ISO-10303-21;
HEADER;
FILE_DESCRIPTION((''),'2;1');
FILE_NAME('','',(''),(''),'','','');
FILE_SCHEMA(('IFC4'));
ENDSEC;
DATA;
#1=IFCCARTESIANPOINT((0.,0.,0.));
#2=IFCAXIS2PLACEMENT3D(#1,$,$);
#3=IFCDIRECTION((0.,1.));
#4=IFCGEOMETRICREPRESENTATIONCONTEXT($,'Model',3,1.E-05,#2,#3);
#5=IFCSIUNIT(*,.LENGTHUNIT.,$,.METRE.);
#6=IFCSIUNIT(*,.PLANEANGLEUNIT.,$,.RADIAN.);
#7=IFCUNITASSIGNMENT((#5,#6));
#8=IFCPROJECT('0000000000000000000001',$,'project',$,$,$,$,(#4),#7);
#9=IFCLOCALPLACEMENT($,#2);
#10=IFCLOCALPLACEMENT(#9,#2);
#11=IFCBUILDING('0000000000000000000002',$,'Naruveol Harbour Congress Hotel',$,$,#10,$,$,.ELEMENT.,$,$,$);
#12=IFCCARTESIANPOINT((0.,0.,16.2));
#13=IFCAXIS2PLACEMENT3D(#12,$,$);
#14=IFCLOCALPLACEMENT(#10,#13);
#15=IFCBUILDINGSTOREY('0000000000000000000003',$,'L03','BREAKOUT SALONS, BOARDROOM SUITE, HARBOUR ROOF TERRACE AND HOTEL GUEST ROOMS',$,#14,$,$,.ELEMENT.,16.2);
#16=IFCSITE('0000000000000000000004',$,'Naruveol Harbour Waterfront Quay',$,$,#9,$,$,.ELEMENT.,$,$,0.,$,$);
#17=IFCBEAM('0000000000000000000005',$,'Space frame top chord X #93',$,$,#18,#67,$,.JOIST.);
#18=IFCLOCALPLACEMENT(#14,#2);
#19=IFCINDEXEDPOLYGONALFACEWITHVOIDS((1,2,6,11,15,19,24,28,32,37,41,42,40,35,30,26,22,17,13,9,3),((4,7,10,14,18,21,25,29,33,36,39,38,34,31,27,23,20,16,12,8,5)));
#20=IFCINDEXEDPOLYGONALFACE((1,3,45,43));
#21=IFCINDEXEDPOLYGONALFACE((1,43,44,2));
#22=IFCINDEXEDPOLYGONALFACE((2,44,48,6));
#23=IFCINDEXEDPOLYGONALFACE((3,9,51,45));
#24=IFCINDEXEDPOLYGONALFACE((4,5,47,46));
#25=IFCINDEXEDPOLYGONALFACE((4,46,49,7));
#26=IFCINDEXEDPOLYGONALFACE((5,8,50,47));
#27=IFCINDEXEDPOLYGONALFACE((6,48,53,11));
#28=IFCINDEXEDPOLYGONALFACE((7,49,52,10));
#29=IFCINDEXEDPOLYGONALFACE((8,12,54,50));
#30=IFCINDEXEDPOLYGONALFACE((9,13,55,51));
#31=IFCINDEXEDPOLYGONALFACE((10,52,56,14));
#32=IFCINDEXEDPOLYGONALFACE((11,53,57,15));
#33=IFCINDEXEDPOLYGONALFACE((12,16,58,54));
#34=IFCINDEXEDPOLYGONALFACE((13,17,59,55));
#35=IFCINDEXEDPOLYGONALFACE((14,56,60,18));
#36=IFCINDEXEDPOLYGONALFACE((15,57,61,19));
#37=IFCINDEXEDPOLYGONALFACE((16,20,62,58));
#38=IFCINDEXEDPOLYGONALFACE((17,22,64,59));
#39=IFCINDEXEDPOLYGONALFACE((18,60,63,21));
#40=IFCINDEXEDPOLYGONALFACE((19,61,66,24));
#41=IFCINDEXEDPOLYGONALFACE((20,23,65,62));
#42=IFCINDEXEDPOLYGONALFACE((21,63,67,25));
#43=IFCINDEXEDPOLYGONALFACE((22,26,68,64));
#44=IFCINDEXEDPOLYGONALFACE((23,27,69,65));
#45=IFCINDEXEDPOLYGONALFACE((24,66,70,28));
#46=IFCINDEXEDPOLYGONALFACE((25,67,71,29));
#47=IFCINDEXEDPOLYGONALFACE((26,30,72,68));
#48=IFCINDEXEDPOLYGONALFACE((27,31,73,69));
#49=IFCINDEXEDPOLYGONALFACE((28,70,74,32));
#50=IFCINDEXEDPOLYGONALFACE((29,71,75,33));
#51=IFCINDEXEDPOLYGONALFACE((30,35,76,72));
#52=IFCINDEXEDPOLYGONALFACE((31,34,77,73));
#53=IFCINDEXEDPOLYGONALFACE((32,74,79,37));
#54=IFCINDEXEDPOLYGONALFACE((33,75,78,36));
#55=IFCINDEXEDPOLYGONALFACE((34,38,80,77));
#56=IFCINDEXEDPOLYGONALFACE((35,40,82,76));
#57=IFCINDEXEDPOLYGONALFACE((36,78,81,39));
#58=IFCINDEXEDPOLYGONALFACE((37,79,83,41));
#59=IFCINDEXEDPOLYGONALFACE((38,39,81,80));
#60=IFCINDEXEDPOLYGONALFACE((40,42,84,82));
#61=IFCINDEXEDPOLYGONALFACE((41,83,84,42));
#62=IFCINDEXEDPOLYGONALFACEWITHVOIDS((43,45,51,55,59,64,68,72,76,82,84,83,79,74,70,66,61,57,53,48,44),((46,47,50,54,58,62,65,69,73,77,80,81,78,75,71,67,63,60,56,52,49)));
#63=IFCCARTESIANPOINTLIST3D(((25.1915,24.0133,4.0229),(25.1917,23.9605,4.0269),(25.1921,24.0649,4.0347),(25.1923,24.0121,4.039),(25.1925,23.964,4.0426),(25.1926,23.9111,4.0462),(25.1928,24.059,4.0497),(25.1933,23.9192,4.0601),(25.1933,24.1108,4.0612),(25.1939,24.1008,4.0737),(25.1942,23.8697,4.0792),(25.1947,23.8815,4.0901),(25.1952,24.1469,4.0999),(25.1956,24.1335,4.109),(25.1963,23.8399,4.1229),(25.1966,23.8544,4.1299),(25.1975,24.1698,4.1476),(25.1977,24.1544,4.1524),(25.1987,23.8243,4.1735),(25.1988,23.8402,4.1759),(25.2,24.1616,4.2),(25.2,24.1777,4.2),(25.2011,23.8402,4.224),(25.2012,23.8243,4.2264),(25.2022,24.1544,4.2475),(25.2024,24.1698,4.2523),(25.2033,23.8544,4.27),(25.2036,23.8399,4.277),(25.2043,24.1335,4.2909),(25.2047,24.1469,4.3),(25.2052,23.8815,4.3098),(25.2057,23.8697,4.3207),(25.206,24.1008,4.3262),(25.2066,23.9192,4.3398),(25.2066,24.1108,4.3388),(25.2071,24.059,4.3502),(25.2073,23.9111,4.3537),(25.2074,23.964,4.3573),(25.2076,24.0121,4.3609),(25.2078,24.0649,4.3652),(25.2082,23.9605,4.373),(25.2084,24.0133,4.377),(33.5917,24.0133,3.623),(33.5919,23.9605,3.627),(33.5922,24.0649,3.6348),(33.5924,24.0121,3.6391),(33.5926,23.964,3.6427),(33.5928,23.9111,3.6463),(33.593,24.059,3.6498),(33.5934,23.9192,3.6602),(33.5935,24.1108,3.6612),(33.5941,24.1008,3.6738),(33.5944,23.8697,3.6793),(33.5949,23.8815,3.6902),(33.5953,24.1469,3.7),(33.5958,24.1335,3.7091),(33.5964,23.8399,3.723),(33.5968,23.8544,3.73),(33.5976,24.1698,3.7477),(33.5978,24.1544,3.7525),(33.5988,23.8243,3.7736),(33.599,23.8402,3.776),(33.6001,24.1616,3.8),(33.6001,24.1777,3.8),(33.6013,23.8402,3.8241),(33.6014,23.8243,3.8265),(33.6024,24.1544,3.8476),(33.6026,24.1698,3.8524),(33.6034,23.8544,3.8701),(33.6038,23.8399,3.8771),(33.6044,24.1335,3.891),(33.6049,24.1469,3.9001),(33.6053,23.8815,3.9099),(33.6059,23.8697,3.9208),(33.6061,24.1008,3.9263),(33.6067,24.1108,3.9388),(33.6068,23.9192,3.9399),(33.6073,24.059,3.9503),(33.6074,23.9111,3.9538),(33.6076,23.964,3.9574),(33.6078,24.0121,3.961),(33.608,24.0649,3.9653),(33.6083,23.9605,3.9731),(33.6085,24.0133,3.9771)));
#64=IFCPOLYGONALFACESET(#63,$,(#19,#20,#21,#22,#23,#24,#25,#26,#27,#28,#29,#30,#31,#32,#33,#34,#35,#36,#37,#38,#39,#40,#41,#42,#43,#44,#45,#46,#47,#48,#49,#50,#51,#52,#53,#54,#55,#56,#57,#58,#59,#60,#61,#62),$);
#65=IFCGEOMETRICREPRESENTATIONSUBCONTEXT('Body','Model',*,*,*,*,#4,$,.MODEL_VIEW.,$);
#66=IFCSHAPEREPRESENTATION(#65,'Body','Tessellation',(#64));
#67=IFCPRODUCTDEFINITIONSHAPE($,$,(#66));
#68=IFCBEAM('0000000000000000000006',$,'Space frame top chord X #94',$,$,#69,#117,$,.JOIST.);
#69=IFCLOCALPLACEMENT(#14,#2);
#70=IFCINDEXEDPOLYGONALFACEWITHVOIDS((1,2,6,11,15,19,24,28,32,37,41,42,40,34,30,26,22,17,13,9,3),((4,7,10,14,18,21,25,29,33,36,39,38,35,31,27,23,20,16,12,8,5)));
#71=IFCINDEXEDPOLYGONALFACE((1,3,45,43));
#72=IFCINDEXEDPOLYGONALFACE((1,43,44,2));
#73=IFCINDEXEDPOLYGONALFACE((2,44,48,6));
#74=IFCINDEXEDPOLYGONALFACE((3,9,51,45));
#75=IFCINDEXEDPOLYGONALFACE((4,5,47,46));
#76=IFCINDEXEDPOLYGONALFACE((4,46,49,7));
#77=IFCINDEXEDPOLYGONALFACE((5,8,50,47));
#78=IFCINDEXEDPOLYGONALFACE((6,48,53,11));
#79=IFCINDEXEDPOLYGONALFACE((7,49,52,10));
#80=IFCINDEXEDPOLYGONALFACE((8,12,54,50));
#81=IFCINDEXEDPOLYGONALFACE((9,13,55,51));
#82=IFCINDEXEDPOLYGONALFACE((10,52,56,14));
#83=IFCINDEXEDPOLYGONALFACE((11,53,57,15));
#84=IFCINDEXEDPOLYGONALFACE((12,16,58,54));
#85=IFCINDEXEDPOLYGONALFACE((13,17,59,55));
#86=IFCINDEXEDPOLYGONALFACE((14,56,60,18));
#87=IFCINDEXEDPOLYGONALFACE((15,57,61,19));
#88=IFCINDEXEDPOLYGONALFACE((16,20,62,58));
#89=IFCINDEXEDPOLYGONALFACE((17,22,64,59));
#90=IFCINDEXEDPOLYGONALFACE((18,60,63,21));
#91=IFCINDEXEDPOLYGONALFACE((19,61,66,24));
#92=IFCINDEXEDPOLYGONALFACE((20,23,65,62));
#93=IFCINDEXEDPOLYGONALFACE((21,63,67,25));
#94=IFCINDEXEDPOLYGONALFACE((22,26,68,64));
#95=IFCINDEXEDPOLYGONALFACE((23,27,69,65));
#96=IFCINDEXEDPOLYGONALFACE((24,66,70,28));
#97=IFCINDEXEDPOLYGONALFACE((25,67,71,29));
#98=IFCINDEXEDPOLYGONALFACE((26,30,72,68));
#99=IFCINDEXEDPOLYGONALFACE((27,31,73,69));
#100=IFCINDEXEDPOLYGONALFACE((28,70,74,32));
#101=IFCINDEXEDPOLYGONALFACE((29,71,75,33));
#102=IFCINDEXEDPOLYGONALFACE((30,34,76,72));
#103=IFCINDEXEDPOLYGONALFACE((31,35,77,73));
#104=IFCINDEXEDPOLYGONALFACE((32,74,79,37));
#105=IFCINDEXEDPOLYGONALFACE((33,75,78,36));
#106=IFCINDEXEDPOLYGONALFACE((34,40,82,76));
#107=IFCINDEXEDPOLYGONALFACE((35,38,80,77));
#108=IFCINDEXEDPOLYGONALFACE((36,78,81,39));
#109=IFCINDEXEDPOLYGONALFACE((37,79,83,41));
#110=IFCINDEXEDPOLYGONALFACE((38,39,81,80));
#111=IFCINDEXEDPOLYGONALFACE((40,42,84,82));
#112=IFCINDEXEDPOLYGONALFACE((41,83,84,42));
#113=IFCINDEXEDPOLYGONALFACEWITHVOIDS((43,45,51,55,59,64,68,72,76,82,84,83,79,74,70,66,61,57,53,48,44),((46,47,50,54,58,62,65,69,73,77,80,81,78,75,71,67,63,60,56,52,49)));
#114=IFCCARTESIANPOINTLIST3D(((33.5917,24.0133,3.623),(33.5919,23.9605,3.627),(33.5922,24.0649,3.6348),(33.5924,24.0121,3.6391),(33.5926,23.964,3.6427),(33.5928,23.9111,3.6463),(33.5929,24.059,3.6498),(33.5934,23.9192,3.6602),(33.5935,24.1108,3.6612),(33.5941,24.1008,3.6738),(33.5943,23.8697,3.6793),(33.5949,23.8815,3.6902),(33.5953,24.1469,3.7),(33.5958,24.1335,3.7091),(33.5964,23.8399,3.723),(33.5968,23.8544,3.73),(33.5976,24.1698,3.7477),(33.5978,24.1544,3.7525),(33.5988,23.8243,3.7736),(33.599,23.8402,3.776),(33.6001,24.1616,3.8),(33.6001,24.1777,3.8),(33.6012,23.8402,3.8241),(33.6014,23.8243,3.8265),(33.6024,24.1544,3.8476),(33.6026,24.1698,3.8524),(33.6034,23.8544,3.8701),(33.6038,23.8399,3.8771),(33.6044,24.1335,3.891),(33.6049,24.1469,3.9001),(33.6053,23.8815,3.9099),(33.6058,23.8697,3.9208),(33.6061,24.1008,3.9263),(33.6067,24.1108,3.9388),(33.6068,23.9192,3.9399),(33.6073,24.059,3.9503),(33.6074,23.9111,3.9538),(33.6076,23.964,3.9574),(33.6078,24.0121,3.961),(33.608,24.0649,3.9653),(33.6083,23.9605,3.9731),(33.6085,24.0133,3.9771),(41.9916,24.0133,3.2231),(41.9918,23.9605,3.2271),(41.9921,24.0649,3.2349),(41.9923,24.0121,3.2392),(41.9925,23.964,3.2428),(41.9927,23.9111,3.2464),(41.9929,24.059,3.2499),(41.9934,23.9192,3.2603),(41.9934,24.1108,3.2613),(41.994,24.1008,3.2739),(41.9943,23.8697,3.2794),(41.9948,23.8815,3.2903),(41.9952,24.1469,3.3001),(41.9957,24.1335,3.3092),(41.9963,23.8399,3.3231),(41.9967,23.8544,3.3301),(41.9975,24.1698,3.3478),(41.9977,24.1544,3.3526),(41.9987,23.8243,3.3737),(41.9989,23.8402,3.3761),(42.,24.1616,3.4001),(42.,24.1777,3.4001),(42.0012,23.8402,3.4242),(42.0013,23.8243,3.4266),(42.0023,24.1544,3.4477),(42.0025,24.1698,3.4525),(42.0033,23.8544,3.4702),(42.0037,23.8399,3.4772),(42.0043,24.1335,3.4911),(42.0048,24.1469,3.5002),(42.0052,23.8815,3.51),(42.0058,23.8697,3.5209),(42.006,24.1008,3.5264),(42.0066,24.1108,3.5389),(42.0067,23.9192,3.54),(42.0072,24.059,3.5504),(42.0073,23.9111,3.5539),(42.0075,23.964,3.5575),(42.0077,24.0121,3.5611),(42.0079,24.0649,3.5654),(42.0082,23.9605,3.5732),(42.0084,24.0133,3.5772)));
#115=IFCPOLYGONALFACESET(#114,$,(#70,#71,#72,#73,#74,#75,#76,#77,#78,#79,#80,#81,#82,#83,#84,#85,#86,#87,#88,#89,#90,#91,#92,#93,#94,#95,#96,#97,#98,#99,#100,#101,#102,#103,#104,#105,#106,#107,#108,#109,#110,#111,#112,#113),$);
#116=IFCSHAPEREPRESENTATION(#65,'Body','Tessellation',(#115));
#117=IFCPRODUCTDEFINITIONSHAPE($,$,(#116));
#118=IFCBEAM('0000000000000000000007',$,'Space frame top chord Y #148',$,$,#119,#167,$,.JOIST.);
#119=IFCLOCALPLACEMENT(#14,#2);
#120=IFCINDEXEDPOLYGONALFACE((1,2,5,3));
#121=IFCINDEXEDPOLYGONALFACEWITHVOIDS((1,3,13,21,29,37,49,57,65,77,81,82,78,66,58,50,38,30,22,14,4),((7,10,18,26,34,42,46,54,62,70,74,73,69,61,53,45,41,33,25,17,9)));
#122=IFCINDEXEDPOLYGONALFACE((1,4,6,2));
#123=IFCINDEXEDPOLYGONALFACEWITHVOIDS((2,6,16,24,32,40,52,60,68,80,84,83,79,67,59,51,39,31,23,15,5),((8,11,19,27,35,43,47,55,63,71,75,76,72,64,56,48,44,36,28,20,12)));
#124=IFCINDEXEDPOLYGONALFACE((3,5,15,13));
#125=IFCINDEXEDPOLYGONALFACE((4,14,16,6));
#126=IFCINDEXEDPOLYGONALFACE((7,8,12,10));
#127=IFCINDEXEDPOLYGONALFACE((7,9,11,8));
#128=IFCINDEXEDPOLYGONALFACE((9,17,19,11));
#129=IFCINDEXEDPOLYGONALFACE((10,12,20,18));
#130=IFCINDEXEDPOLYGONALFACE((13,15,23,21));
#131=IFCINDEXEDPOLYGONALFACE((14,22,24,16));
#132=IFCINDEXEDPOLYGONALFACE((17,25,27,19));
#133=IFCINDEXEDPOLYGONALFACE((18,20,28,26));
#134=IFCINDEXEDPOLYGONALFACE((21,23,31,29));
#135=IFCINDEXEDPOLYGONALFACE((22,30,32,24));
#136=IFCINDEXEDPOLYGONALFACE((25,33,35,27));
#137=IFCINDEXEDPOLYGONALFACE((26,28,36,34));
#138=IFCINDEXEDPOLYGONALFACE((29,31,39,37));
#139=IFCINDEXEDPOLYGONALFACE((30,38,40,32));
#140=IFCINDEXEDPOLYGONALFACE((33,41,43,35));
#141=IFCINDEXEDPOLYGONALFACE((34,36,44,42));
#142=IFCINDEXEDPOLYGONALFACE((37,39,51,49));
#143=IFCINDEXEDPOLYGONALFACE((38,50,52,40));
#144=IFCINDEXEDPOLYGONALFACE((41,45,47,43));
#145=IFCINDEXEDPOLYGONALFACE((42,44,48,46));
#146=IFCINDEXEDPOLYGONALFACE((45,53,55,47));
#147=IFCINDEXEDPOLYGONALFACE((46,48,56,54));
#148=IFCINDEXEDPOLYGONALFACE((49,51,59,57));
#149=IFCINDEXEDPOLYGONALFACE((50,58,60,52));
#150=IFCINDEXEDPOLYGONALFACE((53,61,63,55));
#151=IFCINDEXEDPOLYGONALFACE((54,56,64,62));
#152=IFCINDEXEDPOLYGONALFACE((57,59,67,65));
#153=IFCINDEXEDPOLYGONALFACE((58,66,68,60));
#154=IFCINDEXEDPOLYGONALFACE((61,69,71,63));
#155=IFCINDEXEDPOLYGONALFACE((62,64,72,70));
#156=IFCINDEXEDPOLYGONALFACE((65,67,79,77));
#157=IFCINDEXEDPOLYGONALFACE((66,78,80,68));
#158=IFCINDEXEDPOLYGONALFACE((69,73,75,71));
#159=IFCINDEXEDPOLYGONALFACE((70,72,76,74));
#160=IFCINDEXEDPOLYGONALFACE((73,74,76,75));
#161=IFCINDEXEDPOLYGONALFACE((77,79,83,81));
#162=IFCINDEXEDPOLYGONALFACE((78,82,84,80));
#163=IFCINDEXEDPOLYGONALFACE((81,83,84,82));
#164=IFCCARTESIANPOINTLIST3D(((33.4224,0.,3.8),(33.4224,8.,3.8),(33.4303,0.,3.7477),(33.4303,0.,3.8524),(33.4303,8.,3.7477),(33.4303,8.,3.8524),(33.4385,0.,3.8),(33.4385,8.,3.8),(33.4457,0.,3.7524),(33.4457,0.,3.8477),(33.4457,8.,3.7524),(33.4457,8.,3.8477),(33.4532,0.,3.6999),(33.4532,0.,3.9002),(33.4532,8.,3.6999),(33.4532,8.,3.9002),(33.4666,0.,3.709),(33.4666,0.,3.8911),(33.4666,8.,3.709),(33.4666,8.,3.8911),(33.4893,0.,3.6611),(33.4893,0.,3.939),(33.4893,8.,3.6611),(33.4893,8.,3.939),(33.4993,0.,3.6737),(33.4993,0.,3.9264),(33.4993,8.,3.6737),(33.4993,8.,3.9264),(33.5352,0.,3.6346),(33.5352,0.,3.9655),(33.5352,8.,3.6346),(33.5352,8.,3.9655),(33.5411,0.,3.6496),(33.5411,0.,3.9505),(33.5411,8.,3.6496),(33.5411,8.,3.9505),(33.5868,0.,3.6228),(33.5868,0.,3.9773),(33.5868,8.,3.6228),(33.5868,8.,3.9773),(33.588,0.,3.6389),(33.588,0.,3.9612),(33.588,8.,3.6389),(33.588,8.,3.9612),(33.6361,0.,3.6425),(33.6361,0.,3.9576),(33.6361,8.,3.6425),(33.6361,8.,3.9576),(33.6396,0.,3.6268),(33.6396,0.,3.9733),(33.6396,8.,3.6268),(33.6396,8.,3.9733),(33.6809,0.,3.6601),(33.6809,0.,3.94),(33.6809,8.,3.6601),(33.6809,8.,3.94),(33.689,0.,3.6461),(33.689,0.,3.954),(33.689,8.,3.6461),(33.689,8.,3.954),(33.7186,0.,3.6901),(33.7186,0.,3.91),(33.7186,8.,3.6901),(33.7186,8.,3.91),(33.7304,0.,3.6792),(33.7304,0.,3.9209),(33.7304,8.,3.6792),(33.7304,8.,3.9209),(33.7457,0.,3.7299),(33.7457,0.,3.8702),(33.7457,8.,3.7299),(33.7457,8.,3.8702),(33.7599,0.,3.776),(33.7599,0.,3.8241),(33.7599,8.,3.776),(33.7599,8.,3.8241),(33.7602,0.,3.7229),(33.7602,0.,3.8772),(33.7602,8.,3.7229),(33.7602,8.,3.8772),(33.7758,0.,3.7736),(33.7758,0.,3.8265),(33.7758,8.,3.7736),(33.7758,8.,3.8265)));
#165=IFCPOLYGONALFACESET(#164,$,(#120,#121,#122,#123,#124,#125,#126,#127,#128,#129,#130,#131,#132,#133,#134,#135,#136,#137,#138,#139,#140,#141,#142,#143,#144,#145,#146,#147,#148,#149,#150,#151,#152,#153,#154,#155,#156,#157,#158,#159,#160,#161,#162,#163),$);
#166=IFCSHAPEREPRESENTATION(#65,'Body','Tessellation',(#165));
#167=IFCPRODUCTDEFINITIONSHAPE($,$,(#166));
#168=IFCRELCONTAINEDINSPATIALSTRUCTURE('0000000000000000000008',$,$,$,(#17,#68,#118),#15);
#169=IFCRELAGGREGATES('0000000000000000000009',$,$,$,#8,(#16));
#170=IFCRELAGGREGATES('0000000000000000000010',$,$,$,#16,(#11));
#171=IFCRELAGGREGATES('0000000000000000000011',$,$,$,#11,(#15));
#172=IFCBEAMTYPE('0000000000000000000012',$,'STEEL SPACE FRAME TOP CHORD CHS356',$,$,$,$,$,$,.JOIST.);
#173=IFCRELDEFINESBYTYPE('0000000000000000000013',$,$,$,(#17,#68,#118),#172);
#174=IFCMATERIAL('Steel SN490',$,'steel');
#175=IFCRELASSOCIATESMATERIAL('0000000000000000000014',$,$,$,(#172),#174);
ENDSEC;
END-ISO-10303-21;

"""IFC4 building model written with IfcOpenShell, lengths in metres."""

from ifc_helpers import new_model, si_unit, direction, frame, origin, origin_2d, place, context, subcontext, project, spatial, hollow_circle, extrude, material, material_profile, profile_set, type_object, element, save


model = new_model("IFC4")

# Units and contexts
model_context = context("Model", 3, precision=1e-05, world=origin(), true_north=direction((0.0, 1.0)))
body_context = subcontext(model_context, "Body", "Model", "MODEL_VIEW")
ifc_project = project(units=[si_unit("LENGTHUNIT", "METRE"), si_unit("PLANEANGLEUNIT", "RADIAN")], contexts=[model_context])

# Site, building, storey
site_placement = place(None, origin())
site = spatial("IfcSite", under=ifc_project, at=site_placement, Name="Naruveol Harbour Waterfront Quay", CompositionType="ELEMENT", RefElevation=0.0)
building_placement = place(site_placement, origin())
building = spatial("IfcBuilding", under=site, at=building_placement, Name="Naruveol Harbour Congress Hotel", CompositionType="ELEMENT")
storey_placement = place(building_placement, frame((0.0, 0.0, 16.2)))
storey = spatial("IfcBuildingStorey", under=building, at=storey_placement, Name="L03", Description="BREAKOUT SALONS, BOARDROOM SUITE, HARBOUR ROOF TERRACE AND HOTEL GUEST ROOMS", CompositionType="ELEMENT", Elevation=16.2)

# Beams
ifc_material_1 = material(Name="Steel SN490", Category="steel")
ifc_material_profile_1 = material_profile(ifc_material_1, hollow_circle(Radius=0.1777, WallThickness=0.0161, at=origin_2d()), Name="CHS-355.6x16")
ifc_profile_set_1 = profile_set([ifc_material_profile_1], Name="Steel SN490")
beam_type_1 = type_object("IfcBeamType", Name="STEEL SPACE FRAME TOP CHORD CHS356", PredefinedType="JOIST", material=ifc_profile_set_1)
beam_1_placement = place(storey_placement, frame((25.2, 24.0, 4.2), z_axis=(0.998869, 0.0, -0.047553), x_axis=(0.0, 1.0, 0.0)))
element("IfcBeam", 1, at=beam_1_placement, inside=storey, type_object=beam_type_1, Name="Space frame top chord X #93", PredefinedType="JOIST", context=body_context, shape_type="SweptSolid", body=[
    extrude(hollow_circle(Radius=0.1777, WallThickness=0.0161, at=origin_2d()), origin(), (0.0, 0.0, 1.0), 8.4097),
])
beam_2_placement = place(storey_placement, frame((33.6001, 24.0, 3.8), z_axis=(0.998869, 0.0, -0.047554), x_axis=(0.0, 1.0, 0.0)))
element("IfcBeam", 2, at=beam_2_placement, inside=storey, type_object=beam_type_1, Name="Space frame top chord X #94", PredefinedType="JOIST", context=body_context, shape_type="SweptSolid", body=[
    extrude(hollow_circle(Radius=0.1777, WallThickness=0.0161, at=origin_2d()), origin(), (0.0, 0.0, 1.0), 8.4094),
])
for number, where, z_axis, x_axis, name in (
    (3, (33.6001, 0.0, 3.8), (0.0, 1.0, 0.0), (-1.0, 0.0, 0.0), "Space frame top chord Y #148"),
):
    element("IfcBeam", number, at=place(storey_placement, frame(where, z_axis=z_axis, x_axis=x_axis)), inside=storey, type_object=beam_type_1, Name=name, PredefinedType="JOIST", context=body_context, shape_type="SweptSolid", body=[
        extrude(hollow_circle(Radius=0.1777, WallThickness=0.0161, at=origin_2d()), origin(), (0.0, 0.0, 1.0), 8.0),
    ])

save(model, "model.ifc")
